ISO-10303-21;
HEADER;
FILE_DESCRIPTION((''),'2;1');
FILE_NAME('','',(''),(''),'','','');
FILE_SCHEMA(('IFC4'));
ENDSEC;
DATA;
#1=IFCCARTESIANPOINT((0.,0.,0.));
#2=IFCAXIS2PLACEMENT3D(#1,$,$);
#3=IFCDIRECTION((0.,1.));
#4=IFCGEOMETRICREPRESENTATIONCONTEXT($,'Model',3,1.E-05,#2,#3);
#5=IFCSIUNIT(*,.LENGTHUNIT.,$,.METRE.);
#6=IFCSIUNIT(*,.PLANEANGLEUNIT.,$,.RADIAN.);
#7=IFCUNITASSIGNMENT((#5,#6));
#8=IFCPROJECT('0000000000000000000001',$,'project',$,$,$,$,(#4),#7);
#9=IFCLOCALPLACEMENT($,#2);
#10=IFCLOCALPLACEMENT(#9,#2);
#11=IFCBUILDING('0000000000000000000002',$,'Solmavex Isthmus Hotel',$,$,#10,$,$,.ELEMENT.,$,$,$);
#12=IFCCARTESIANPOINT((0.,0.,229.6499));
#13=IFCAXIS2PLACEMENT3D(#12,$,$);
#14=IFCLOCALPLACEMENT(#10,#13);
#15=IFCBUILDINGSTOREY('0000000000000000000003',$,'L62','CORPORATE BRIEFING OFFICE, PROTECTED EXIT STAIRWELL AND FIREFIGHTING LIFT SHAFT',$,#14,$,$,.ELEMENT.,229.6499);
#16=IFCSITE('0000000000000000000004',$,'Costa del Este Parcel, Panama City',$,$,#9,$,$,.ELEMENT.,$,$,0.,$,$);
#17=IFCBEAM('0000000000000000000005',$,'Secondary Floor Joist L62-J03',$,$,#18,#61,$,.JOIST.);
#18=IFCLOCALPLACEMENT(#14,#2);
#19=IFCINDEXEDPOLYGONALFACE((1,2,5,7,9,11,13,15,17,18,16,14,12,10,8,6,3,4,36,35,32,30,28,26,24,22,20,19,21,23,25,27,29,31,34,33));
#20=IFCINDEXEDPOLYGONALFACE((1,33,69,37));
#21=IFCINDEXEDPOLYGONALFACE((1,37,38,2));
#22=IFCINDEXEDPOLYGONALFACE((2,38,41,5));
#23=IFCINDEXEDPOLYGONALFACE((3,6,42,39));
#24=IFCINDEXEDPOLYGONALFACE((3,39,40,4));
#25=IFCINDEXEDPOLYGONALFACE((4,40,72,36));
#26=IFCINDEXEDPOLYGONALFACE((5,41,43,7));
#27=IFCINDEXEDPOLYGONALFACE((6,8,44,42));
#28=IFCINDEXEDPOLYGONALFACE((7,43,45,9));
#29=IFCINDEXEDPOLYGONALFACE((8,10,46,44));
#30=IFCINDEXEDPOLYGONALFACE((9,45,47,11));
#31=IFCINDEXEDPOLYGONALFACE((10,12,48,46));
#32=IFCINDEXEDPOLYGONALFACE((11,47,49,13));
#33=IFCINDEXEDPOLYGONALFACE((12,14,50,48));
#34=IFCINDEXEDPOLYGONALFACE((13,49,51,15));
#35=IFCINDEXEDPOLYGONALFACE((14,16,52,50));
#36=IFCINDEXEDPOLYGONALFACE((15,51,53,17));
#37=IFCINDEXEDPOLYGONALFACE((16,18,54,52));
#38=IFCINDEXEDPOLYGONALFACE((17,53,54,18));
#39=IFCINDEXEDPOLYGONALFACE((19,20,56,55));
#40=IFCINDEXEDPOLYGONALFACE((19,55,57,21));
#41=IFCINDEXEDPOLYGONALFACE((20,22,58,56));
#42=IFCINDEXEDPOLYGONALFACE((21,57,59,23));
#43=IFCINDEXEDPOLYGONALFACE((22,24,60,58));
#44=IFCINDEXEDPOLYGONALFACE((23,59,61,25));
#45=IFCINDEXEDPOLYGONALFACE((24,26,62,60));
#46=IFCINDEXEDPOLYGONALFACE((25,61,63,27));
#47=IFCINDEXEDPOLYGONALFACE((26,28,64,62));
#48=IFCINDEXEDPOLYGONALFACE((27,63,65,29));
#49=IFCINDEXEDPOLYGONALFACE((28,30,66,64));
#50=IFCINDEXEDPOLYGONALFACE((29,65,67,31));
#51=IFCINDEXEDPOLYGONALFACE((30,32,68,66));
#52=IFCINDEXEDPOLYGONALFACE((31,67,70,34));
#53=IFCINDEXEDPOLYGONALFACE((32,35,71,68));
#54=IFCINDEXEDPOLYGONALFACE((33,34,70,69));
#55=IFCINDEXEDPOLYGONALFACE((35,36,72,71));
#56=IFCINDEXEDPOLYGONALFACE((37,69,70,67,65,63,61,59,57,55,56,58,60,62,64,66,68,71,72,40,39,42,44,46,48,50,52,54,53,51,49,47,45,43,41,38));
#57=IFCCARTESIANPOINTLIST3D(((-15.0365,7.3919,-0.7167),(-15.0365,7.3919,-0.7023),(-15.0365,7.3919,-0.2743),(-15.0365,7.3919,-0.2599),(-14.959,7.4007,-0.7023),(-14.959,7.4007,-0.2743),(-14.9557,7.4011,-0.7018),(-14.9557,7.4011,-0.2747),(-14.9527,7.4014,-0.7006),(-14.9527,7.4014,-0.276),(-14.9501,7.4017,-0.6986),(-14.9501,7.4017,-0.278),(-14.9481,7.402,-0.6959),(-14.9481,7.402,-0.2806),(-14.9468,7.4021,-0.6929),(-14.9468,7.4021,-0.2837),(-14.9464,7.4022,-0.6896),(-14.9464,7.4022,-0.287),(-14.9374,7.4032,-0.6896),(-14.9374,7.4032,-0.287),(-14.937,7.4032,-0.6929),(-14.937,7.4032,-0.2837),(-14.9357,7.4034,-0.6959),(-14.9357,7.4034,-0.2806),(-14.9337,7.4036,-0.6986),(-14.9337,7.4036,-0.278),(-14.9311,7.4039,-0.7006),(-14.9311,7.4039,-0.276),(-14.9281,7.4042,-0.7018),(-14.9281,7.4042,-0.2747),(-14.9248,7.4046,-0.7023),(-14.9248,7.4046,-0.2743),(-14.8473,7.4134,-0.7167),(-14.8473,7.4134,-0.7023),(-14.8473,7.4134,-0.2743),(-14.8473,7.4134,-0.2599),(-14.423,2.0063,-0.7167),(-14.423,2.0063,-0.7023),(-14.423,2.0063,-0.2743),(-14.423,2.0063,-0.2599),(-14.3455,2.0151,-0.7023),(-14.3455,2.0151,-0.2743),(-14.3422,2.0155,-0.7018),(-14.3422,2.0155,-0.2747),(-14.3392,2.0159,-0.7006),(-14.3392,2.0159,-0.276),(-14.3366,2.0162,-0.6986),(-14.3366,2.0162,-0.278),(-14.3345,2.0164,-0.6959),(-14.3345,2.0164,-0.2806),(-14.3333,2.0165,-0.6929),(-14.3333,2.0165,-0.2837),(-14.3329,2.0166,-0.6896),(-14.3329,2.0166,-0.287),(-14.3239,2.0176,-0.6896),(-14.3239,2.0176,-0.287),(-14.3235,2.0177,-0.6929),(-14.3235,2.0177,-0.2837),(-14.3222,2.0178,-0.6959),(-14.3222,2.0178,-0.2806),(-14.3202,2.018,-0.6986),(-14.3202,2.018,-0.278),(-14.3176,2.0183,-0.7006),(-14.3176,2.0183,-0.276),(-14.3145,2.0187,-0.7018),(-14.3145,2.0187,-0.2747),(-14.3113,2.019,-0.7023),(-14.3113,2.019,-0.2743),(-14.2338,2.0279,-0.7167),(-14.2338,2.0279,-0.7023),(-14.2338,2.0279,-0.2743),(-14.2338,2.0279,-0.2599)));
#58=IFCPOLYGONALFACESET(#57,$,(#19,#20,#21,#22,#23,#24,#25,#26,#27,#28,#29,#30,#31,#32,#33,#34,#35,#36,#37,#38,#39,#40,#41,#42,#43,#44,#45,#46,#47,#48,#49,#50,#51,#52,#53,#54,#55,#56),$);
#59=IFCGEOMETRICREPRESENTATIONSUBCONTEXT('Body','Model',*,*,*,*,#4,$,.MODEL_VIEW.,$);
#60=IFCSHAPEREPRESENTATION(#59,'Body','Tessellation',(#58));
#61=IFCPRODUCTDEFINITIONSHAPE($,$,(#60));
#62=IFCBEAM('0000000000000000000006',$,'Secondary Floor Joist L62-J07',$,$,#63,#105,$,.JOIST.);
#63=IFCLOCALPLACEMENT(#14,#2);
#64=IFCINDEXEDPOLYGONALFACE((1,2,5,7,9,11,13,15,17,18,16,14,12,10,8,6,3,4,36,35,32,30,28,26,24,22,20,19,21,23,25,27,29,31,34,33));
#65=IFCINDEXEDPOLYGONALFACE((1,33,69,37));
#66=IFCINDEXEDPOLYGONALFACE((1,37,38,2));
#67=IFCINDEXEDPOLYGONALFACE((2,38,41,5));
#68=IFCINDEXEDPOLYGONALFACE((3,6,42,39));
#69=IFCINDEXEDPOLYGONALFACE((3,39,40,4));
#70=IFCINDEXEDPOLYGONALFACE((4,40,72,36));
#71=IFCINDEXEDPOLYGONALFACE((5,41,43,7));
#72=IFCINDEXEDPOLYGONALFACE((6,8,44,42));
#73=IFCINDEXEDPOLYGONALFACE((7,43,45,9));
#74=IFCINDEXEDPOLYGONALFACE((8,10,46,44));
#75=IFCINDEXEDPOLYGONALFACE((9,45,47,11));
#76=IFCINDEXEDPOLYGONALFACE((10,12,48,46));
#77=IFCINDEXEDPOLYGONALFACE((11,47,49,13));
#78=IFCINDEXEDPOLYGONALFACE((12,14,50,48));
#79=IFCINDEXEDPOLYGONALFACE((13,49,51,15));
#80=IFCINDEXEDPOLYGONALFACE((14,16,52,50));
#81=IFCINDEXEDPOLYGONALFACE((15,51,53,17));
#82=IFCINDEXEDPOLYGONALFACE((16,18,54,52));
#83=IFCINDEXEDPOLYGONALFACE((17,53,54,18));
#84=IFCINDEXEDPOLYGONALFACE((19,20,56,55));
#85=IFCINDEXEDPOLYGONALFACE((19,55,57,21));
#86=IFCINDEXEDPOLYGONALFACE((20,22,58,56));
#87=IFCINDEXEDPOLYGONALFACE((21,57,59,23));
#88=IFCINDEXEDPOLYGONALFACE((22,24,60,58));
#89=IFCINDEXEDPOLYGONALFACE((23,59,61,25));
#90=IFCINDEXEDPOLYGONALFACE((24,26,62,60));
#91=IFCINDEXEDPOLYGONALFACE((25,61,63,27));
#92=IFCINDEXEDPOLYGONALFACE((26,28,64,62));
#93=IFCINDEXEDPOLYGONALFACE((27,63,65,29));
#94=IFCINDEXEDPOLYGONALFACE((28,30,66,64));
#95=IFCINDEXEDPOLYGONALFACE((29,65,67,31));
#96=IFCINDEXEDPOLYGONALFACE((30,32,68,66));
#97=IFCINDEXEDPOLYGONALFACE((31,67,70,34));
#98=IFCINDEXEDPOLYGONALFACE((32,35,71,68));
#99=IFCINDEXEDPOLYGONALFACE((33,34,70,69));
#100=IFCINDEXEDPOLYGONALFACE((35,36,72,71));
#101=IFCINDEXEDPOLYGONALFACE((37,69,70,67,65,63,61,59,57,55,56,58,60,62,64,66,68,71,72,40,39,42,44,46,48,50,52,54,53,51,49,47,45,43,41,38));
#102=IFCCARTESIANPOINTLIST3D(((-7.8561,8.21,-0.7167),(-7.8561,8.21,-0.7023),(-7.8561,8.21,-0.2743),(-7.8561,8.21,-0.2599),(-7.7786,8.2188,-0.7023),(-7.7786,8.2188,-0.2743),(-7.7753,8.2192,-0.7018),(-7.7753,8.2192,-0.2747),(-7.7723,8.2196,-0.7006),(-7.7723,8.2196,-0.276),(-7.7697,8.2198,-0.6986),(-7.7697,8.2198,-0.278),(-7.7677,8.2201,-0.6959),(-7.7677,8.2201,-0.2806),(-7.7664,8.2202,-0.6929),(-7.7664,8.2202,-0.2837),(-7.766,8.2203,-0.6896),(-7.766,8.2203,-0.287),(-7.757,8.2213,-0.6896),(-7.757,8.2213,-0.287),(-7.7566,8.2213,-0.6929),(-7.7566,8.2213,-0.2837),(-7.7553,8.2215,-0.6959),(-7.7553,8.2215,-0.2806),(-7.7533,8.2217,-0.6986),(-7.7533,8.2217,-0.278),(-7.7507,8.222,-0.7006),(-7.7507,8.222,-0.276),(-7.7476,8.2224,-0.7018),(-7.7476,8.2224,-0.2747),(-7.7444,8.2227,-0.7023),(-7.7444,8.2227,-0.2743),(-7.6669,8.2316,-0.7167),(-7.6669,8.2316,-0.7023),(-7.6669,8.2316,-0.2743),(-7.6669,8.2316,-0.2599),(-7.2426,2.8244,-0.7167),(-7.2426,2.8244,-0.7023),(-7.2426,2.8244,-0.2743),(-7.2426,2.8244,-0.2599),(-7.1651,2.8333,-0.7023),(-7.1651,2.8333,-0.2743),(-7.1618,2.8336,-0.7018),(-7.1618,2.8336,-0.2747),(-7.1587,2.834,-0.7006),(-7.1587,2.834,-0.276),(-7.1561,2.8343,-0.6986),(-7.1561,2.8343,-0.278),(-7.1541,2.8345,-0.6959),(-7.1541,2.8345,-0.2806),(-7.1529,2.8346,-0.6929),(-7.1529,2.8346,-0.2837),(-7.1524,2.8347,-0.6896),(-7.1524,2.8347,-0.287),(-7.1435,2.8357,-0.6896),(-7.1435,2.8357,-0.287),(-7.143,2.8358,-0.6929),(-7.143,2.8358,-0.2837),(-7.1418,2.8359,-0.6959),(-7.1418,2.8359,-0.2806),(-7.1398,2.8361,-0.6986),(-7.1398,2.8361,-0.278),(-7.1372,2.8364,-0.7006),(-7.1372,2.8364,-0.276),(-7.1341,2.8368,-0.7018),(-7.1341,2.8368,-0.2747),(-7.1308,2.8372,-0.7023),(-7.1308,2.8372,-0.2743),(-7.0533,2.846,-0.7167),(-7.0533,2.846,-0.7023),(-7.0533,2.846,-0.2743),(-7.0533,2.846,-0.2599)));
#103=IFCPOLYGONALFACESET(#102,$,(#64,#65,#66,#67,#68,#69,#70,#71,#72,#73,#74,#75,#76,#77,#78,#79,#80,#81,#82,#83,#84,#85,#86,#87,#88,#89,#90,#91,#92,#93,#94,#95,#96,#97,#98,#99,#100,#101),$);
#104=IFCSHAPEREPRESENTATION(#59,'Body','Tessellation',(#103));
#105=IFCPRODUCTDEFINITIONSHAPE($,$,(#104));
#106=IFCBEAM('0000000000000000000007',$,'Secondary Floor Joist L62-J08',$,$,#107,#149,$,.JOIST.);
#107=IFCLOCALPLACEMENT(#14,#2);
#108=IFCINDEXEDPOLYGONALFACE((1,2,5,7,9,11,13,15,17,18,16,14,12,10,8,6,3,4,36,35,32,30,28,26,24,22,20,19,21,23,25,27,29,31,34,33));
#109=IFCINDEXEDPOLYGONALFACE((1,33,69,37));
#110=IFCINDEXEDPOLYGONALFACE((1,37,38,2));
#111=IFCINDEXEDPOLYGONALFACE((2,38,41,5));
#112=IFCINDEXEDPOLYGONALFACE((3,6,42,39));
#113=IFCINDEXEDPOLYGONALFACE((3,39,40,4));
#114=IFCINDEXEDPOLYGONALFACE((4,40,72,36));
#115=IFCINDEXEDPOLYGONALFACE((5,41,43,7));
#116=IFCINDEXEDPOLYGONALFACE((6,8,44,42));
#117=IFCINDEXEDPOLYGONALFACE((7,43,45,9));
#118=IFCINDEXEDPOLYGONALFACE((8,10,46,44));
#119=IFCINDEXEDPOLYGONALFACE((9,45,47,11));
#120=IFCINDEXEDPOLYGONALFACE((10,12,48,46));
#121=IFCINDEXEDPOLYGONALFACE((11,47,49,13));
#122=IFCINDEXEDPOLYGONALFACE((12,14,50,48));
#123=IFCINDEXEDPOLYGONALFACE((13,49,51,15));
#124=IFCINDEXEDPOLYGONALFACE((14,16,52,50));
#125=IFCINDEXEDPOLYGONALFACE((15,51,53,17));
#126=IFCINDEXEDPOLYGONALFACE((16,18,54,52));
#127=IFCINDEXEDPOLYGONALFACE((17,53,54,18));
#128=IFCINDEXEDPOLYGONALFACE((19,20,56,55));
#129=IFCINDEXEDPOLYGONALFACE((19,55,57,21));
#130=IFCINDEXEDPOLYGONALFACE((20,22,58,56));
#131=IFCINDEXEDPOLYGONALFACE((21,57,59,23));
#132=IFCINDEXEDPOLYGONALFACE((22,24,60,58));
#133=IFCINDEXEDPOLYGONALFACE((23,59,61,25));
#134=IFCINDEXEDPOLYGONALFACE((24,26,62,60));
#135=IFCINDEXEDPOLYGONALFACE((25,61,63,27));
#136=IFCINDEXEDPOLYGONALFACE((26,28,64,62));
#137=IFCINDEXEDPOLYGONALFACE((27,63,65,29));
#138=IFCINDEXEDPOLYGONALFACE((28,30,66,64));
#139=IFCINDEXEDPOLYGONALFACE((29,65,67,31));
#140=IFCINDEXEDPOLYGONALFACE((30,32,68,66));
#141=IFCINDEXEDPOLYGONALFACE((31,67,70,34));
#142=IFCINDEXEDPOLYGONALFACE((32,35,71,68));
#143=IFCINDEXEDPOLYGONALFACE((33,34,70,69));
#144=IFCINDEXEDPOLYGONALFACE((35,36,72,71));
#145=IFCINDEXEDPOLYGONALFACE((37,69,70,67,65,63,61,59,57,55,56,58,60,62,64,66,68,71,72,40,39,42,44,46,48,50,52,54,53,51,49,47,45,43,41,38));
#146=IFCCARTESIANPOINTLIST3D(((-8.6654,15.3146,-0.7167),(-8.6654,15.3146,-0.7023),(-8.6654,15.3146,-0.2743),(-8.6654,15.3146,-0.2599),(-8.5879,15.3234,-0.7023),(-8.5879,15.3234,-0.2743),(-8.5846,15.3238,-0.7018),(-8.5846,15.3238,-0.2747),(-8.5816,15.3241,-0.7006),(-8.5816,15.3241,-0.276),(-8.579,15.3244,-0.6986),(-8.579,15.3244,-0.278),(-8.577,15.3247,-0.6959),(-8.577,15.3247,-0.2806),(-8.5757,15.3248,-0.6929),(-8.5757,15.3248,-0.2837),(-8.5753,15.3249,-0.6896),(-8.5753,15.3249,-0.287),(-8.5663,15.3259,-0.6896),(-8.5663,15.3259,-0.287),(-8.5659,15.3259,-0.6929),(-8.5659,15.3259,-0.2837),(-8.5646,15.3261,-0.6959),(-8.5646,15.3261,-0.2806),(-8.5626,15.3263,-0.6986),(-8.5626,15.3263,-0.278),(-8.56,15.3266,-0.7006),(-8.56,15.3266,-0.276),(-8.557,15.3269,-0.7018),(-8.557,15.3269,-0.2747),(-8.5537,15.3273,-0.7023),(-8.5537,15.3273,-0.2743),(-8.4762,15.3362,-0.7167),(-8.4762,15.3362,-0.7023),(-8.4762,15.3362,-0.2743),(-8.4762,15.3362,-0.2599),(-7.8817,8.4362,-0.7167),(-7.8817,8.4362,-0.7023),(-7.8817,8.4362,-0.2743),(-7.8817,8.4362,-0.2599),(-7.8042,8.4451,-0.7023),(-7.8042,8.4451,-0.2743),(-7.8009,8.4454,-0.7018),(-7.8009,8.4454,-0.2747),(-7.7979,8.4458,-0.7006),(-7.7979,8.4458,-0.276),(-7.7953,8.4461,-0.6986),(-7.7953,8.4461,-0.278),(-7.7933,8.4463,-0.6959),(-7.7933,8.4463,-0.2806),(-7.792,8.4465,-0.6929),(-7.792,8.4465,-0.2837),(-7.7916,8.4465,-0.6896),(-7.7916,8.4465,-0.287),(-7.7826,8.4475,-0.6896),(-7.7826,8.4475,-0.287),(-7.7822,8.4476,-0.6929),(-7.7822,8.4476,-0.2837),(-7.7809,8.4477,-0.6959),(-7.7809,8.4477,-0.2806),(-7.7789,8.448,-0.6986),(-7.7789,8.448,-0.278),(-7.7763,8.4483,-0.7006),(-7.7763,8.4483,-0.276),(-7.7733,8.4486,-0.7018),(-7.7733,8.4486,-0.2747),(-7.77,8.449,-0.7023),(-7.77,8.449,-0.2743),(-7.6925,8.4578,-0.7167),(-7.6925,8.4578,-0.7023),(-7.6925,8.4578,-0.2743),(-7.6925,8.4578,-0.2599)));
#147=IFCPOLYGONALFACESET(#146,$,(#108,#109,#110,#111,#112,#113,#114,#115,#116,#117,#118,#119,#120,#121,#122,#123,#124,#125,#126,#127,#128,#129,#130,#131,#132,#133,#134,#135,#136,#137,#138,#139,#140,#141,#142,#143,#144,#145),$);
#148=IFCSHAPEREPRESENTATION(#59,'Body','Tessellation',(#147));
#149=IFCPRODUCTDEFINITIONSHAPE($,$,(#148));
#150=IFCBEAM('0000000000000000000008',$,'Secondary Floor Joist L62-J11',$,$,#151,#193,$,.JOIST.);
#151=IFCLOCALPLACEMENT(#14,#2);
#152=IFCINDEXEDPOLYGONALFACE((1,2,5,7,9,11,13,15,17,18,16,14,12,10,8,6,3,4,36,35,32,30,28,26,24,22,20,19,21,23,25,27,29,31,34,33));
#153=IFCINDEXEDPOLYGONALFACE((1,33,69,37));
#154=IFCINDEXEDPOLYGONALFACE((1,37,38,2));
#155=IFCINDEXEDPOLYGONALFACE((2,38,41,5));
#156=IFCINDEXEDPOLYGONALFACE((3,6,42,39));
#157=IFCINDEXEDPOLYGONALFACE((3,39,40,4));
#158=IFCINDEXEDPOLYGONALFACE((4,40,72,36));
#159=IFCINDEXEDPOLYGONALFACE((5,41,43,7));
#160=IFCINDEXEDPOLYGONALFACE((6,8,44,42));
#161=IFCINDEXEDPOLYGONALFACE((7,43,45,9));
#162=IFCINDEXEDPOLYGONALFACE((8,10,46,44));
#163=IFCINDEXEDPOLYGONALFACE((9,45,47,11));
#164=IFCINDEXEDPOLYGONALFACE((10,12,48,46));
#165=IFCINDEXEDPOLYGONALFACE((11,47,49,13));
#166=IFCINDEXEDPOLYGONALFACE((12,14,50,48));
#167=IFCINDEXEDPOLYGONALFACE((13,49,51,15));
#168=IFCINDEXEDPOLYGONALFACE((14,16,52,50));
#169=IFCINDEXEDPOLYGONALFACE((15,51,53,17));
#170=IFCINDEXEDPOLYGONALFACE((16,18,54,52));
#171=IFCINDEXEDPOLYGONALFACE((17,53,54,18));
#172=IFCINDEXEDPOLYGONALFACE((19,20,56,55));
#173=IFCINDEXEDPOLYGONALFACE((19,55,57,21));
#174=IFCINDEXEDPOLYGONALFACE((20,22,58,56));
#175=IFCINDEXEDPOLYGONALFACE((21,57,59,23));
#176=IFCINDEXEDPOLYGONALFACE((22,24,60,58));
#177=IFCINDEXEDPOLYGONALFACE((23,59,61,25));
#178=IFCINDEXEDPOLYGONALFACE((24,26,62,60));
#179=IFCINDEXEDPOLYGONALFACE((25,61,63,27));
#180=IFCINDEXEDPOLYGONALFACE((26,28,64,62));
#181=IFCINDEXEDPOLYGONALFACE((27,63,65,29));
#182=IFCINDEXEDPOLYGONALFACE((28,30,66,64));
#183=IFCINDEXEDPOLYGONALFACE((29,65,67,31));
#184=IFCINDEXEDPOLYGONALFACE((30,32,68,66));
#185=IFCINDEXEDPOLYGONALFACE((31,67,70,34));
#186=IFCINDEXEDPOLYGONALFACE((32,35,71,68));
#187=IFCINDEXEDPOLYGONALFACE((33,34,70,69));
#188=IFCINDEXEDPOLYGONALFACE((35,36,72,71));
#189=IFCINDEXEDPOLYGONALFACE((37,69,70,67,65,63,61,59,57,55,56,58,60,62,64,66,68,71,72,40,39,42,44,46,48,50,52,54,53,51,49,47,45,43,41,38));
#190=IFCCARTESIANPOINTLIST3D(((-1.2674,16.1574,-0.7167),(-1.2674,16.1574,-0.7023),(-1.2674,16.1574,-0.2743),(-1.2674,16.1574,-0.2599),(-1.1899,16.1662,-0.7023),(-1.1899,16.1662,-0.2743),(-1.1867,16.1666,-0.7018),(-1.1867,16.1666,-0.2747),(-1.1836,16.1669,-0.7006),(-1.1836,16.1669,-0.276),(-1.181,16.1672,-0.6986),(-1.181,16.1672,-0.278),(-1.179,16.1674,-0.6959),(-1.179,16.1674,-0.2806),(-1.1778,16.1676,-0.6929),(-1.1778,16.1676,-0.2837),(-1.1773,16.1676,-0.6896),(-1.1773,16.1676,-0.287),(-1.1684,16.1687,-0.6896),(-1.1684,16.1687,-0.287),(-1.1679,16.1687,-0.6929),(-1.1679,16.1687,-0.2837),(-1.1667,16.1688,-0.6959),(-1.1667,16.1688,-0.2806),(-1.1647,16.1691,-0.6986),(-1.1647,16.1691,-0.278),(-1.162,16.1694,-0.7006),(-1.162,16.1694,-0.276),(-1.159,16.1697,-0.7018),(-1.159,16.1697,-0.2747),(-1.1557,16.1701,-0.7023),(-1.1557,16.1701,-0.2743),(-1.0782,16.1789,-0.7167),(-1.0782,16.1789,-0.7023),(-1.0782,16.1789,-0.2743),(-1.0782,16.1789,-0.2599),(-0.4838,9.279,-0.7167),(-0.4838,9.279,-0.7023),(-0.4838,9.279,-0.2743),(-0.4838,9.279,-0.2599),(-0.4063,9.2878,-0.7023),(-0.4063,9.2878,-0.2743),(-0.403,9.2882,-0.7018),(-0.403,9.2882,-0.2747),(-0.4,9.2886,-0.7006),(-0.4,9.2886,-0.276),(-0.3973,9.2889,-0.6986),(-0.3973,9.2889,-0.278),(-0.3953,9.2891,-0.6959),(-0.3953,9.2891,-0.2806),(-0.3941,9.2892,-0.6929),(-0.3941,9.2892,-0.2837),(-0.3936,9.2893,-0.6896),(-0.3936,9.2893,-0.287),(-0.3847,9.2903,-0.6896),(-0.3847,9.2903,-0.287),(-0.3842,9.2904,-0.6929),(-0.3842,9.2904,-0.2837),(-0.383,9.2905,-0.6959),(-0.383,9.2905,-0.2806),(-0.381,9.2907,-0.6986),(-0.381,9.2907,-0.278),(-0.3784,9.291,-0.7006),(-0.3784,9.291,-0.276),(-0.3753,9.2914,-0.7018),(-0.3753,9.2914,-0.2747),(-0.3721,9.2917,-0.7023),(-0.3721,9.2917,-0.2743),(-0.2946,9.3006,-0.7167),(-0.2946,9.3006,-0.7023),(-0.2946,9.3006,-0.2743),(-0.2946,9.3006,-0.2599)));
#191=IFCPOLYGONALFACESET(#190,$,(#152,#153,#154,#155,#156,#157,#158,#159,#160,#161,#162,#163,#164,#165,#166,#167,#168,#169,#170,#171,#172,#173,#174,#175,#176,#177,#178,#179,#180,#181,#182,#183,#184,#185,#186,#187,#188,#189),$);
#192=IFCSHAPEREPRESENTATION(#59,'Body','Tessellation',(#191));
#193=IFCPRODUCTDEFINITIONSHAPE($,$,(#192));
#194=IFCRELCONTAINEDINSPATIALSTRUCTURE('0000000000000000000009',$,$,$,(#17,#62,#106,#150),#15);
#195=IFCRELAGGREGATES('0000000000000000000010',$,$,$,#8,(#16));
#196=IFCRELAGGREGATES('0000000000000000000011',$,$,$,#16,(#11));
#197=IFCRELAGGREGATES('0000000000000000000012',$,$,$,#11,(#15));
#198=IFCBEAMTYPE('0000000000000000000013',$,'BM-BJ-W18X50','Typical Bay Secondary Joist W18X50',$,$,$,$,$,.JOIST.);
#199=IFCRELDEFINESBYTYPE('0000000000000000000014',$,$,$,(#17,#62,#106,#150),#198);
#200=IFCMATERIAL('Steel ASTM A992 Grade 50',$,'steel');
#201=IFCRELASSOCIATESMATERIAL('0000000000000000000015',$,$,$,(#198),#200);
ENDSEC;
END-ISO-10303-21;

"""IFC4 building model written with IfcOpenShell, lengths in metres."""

from ifc_helpers import new_model, si_unit, direction, frame, origin, origin_2d, place, context, subcontext, project, spatial, i_section, extrude, material, material_profile, profile_set, type_object, element, save


model = new_model("IFC4")

# Units and contexts
model_context = context("Model", 3, precision=1e-05, world=origin(), true_north=direction((0.0, 1.0)))
body_context = subcontext(model_context, "Body", "Model", "MODEL_VIEW")
ifc_project = project(units=[si_unit("LENGTHUNIT", "METRE"), si_unit("PLANEANGLEUNIT", "RADIAN")], contexts=[model_context])

# Site, building, storey
site_placement = place(None, origin())
site = spatial("IfcSite", under=ifc_project, at=site_placement, Name="Costa del Este Parcel, Panama City", CompositionType="ELEMENT", RefElevation=0.0)
building_placement = place(site_placement, origin())
building = spatial("IfcBuilding", under=site, at=building_placement, Name="Solmavex Isthmus Hotel", CompositionType="ELEMENT")
storey_placement = place(building_placement, frame((0.0, 0.0, 229.6499)))
storey = spatial("IfcBuildingStorey", under=building, at=storey_placement, Name="L62", Description="CORPORATE BRIEFING OFFICE, PROTECTED EXIT STAIRWELL AND FIREFIGHTING LIFT SHAFT", CompositionType="ELEMENT", Elevation=229.6499)

# Beams
ifc_material_1 = material(Name="Steel ASTM A992 Grade 50", Category="steel")
ifc_material_profile_1 = material_profile(ifc_material_1, i_section(OverallWidth=0.1904, OverallDepth=0.4568, WebThickness=0.009, FlangeThickness=0.0144, FilletRadius=0.0127, at=origin_2d()), Name="W18X50")
ifc_profile_set_1 = profile_set([ifc_material_profile_1], Name="Steel ASTM A992 Grade 50")
beam_type_1 = type_object("IfcBeamType", Name="BM-BJ-W18X50", Description="Typical Bay Secondary Joist W18X50", PredefinedType="JOIST", material=ifc_profile_set_1)
for number, where, z_axis, x_axis, name in (
    (1, (-14.3284, 2.0171, -0.4883), (-0.11319, 0.993573, 0.0), (-0.993573, -0.11319, 0.0), "Secondary Floor Joist L62-J03"),
    (2, (-7.1479, 2.8352, -0.4883), (-0.11319, 0.993573, 0.0), (-0.993573, -0.11319, 0.0), "Secondary Floor Joist L62-J07"),
):
    element("IfcBeam", number, at=place(storey_placement, frame(where, z_axis=z_axis, x_axis=x_axis)), inside=storey, type_object=beam_type_1, Name=name, PredefinedType="JOIST", context=body_context, shape_type="SweptSolid", body=[
        extrude(i_section(OverallWidth=0.1904, OverallDepth=0.4568, WebThickness=0.009, FlangeThickness=0.0144, FilletRadius=0.0127, at=origin_2d()), origin(), (0.0, 0.0, 1.0), 5.4204),
    ])
for number, where, z_axis, x_axis, name in (
    (3, (-7.7871, 8.447, -0.4883), (-0.113202, 0.993572, 0.0), (-0.993572, -0.113202, 0.0), "Secondary Floor Joist L62-J08"),
    (4, (-0.3892, 9.2898, -0.4883), (-0.113202, 0.993572, 0.0), (-0.993572, -0.113202, 0.0), "Secondary Floor Joist L62-J11"),
):
    element("IfcBeam", number, at=place(storey_placement, frame(where, z_axis=z_axis, x_axis=x_axis)), inside=storey, type_object=beam_type_1, Name=name, PredefinedType="JOIST", context=body_context, shape_type="SweptSolid", body=[
        extrude(i_section(OverallWidth=0.1904, OverallDepth=0.4568, WebThickness=0.009, FlangeThickness=0.0144, FilletRadius=0.0127, at=origin_2d()), origin(), (0.0, 0.0, 1.0), 6.9229),
    ])

save(model, "model.ifc")
